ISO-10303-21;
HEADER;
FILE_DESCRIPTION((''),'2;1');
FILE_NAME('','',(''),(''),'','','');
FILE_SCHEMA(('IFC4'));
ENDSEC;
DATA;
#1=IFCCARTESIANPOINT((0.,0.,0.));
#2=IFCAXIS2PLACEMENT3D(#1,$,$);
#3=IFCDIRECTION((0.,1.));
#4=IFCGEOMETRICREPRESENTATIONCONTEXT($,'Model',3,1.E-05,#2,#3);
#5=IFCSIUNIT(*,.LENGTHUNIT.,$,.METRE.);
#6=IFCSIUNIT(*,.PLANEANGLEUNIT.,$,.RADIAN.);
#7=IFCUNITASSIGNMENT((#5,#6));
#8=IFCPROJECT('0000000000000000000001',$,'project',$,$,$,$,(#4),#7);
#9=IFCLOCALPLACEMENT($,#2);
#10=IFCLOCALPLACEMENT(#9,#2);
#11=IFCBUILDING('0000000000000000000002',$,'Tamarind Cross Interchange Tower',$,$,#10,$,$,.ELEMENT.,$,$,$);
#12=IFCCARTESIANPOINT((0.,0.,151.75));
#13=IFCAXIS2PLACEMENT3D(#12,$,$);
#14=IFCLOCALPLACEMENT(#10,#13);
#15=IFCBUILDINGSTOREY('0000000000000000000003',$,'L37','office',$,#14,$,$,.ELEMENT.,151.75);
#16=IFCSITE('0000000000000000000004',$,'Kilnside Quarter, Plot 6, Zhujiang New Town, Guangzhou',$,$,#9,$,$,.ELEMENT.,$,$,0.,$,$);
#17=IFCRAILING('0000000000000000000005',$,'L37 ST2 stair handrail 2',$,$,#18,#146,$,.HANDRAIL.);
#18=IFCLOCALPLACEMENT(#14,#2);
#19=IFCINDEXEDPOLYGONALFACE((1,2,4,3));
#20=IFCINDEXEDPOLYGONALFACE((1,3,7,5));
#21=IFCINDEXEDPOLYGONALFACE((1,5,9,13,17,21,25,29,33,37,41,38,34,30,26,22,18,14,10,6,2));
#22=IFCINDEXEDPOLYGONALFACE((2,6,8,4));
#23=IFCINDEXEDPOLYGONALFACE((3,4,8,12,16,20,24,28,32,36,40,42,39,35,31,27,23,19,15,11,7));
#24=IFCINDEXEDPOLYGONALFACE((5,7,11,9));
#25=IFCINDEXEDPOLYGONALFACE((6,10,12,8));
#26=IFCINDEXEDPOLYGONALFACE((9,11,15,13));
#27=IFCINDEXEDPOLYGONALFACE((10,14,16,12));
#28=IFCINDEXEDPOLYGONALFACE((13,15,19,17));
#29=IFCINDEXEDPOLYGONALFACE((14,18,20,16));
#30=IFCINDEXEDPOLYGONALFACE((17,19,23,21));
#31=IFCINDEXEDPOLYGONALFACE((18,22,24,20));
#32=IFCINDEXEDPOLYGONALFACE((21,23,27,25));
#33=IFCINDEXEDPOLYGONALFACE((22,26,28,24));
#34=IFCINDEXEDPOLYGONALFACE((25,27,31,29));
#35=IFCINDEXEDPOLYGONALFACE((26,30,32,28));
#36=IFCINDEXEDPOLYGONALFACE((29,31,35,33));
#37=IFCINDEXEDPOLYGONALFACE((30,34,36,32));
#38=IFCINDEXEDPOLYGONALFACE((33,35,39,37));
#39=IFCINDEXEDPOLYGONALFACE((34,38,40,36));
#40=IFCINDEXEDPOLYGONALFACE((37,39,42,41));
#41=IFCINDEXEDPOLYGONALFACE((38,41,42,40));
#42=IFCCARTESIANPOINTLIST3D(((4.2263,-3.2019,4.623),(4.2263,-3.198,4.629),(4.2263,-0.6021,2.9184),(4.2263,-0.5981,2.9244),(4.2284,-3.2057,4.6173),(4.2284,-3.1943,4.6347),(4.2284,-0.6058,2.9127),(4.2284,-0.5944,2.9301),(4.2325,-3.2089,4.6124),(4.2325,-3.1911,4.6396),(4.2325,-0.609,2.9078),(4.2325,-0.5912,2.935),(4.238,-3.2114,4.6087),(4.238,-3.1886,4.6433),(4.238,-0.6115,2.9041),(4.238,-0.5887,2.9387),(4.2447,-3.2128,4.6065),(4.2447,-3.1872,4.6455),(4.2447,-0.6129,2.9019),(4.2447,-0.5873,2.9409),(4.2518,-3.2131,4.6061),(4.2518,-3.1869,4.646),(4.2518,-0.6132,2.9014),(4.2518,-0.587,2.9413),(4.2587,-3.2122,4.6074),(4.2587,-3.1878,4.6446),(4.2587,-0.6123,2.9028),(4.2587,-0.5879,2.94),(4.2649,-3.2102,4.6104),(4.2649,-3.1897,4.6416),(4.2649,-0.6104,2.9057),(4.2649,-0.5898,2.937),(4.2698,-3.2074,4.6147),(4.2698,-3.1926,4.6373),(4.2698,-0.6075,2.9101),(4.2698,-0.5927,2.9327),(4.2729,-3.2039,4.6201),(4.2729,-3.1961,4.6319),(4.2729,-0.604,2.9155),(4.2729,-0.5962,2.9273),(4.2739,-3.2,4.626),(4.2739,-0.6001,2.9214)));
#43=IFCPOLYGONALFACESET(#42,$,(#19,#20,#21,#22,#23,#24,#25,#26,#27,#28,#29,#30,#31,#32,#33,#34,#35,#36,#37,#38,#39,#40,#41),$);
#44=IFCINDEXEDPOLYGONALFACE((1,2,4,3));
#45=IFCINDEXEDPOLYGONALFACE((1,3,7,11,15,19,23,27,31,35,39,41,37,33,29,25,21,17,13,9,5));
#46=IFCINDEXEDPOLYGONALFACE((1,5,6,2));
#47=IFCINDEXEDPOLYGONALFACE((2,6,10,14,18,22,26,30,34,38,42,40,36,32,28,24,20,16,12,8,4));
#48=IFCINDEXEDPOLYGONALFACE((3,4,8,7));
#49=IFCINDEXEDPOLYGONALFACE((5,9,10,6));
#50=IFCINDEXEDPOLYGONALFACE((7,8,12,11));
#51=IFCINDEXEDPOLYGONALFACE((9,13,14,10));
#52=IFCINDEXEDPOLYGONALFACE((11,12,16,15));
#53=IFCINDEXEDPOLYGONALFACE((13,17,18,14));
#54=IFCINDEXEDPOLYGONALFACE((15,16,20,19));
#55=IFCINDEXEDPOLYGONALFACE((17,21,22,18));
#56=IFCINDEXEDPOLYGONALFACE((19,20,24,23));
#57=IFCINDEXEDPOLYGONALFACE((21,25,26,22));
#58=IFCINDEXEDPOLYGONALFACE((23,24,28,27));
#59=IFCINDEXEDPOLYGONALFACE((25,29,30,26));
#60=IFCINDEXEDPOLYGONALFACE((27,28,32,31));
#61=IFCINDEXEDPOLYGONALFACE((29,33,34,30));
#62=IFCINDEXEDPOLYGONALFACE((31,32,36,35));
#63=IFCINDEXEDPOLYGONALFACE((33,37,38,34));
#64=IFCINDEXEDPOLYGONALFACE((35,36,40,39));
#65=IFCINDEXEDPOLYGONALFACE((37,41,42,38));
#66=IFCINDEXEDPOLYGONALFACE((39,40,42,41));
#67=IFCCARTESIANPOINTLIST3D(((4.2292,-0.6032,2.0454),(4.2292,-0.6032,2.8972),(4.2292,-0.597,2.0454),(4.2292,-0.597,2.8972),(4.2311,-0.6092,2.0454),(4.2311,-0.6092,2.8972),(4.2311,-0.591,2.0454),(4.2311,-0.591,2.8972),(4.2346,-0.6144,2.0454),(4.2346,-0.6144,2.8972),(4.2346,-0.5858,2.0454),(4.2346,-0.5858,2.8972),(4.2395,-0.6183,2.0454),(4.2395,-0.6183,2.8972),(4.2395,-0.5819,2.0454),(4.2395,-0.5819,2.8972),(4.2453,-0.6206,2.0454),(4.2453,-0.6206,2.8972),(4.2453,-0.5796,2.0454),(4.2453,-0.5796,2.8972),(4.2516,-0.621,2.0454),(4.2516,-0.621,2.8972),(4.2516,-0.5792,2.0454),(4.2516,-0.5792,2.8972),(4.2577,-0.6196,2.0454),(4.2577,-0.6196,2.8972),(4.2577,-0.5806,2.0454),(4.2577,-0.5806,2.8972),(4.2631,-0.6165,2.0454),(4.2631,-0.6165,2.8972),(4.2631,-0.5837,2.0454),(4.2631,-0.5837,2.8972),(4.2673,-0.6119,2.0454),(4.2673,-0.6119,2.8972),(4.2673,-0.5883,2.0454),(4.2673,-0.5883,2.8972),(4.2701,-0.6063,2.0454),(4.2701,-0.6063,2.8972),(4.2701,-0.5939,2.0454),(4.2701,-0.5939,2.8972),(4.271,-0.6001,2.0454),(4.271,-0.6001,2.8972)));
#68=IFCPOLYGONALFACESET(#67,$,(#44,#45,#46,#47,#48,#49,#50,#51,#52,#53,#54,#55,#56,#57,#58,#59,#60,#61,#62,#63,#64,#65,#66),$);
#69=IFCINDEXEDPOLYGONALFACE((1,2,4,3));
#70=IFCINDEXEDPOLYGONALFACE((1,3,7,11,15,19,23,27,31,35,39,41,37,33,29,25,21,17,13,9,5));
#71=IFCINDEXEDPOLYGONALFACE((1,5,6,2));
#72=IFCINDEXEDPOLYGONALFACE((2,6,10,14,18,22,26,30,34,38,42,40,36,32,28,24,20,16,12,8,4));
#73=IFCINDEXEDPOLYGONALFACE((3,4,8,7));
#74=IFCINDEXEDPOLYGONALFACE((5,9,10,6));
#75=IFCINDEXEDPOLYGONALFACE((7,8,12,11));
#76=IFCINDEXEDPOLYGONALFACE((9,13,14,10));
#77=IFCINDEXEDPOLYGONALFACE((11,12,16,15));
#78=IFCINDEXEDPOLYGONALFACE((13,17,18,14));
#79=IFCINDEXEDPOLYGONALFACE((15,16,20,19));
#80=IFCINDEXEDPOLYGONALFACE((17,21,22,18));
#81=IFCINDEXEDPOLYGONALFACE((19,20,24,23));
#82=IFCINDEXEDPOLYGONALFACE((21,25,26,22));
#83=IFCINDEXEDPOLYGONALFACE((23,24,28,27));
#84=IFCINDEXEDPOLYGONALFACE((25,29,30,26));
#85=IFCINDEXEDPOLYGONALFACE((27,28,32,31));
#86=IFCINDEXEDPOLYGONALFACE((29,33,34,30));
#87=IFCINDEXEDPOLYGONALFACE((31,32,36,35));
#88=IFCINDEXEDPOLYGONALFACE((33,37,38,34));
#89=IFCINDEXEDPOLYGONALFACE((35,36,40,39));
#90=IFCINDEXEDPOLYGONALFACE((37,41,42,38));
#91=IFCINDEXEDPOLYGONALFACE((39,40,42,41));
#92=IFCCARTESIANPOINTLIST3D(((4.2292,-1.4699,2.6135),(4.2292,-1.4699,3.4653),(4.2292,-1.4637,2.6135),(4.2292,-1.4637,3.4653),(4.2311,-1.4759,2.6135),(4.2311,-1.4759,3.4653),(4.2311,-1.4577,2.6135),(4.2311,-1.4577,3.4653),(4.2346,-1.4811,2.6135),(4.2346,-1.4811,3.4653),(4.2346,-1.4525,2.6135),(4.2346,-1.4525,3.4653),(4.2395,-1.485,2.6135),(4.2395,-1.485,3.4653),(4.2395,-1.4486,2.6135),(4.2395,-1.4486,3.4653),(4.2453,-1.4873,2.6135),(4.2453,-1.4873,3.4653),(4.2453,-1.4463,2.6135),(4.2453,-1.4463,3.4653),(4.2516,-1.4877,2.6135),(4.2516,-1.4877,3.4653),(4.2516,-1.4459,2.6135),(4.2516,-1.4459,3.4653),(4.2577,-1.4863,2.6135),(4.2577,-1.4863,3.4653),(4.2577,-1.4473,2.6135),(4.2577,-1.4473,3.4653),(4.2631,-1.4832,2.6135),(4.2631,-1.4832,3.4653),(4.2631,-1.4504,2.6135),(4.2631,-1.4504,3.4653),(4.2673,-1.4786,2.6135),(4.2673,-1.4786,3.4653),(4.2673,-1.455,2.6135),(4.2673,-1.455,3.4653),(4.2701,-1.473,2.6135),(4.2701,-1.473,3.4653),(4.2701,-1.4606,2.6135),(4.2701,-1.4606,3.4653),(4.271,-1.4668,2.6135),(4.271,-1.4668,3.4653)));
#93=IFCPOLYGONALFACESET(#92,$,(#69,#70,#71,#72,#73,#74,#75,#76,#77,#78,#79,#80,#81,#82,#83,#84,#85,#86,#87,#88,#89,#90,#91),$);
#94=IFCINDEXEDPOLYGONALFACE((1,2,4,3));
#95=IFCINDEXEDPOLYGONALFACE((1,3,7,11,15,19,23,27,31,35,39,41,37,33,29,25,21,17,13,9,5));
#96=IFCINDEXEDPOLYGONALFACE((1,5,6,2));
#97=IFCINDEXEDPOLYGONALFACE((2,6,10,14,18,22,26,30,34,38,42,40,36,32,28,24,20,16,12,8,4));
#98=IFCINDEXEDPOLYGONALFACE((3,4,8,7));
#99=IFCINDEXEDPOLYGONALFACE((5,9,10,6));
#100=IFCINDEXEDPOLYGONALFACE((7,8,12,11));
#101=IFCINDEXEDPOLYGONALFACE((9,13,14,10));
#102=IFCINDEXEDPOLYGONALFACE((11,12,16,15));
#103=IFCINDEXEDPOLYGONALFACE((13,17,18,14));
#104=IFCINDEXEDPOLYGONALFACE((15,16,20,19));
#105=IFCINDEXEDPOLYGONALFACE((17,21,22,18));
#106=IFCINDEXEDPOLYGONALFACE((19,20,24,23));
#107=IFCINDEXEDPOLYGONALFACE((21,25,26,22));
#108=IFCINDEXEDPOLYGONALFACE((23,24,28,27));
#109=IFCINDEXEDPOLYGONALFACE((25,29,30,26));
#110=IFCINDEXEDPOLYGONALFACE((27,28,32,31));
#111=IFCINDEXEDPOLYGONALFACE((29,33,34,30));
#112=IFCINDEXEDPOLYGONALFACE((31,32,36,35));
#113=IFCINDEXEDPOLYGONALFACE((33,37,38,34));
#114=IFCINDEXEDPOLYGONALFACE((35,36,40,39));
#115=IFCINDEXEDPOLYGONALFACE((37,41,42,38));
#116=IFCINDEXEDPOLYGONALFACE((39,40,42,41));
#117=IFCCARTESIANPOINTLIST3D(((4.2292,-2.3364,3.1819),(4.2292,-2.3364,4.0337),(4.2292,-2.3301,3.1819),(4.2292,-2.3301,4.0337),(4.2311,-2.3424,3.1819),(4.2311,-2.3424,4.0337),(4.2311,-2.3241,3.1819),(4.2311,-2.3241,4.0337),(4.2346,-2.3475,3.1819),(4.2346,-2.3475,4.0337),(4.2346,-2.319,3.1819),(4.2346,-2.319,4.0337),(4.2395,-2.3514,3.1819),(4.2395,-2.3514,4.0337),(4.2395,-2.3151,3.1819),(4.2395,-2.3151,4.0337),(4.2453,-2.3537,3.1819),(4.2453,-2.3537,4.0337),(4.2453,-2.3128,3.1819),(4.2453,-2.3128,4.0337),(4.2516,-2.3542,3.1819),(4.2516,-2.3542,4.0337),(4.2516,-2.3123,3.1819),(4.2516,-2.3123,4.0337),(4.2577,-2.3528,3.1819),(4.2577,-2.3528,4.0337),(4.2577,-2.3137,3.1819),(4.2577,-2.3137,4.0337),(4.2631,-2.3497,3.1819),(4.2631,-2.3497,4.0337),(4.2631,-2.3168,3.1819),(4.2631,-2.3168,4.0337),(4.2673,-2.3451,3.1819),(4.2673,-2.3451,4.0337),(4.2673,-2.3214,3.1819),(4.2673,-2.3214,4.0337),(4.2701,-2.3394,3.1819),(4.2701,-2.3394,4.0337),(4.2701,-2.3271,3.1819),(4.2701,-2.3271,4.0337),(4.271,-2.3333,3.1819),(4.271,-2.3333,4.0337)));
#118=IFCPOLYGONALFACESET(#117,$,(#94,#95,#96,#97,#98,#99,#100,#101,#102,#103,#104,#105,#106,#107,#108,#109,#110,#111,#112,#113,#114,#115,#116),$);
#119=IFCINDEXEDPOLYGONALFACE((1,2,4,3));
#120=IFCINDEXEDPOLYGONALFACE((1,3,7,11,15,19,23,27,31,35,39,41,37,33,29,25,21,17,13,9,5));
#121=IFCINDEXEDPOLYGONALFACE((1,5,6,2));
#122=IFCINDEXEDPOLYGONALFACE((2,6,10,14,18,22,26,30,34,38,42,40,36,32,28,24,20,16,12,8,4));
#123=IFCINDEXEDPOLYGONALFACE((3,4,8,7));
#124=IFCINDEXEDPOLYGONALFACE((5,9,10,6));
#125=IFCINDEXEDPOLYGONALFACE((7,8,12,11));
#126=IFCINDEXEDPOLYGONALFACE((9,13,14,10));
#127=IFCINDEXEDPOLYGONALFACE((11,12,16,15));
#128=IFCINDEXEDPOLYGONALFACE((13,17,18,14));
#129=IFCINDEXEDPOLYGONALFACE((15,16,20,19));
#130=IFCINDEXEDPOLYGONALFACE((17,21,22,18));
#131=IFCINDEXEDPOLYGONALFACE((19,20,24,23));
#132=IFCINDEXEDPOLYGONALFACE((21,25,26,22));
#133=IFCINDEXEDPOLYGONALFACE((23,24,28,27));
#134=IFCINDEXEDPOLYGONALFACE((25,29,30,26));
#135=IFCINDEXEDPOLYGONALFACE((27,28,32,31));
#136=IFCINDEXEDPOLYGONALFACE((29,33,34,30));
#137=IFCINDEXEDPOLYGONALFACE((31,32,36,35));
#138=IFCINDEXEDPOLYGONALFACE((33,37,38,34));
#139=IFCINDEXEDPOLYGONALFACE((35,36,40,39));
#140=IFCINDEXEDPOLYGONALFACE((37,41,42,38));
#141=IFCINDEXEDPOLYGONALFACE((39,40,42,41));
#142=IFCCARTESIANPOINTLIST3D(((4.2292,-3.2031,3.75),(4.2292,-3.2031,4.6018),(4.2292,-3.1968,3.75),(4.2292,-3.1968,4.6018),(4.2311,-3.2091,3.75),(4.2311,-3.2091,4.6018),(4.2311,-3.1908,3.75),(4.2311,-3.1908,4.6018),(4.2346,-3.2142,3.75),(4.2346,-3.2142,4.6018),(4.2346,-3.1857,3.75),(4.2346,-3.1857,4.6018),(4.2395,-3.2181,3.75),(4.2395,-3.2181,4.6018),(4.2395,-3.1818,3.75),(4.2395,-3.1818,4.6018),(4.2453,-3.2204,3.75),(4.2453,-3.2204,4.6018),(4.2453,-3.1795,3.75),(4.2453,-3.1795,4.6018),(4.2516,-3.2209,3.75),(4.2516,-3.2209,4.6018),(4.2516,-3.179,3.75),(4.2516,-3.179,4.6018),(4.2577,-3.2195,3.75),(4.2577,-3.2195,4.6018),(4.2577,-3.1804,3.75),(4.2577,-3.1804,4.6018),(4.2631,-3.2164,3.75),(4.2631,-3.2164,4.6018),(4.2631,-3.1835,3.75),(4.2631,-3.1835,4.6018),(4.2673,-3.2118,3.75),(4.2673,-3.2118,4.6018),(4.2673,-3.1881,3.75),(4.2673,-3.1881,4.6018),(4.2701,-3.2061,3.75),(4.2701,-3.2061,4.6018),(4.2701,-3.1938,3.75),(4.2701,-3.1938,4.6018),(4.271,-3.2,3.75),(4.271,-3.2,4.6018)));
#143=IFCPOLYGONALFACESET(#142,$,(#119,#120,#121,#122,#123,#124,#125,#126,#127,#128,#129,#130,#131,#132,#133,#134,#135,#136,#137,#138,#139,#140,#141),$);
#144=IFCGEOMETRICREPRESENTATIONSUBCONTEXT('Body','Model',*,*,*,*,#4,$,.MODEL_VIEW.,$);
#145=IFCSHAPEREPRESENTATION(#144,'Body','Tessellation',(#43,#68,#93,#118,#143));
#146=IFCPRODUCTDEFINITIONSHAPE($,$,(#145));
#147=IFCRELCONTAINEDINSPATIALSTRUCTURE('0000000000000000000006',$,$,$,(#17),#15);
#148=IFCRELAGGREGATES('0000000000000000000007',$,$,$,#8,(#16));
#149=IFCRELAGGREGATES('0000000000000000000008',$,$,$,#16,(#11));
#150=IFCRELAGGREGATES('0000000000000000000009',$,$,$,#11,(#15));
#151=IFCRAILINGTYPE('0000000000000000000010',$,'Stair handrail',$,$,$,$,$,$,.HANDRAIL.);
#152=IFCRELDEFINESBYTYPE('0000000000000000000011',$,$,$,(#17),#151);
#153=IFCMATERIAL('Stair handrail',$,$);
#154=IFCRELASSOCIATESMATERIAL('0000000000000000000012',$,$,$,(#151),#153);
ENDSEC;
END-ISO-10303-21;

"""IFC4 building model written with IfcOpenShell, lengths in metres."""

from ifc_helpers import new_model, si_unit, direction, frame, origin, origin_2d, place, context, subcontext, project, spatial, circle, extrude, material, type_object, element, save


model = new_model("IFC4")

# Units and contexts
model_context = context("Model", 3, precision=1e-05, world=origin(), true_north=direction((0.0, 1.0)))
body_context = subcontext(model_context, "Body", "Model", "MODEL_VIEW")
ifc_project = project(units=[si_unit("LENGTHUNIT", "METRE"), si_unit("PLANEANGLEUNIT", "RADIAN")], contexts=[model_context])

# Site, building, storey
site_placement = place(None, origin())
site = spatial("IfcSite", under=ifc_project, at=site_placement, Name="Kilnside Quarter, Plot 6, Zhujiang New Town, Guangzhou", CompositionType="ELEMENT", RefElevation=0.0)
building_placement = place(site_placement, origin())
building = spatial("IfcBuilding", under=site, at=building_placement, Name="Tamarind Cross Interchange Tower", CompositionType="ELEMENT")
storey_placement = place(building_placement, frame((0.0, 0.0, 151.75)))
storey = spatial("IfcBuildingStorey", under=building, at=storey_placement, Name="L37", Description="office", CompositionType="ELEMENT", Elevation=151.75)

# Railing
ifc_material_1 = material(Name="Stair handrail")
railing_type_1 = type_object("IfcRailingType", Name="Stair handrail", PredefinedType="HANDRAIL", material=ifc_material_1)
railing_1_placement = place(storey_placement, frame((4.25, -0.6001, 2.0454)))
element("IfcRailing", 1, at=railing_1_placement, inside=storey, type_object=railing_type_1, Name="L37 ST2 stair handrail 2", PredefinedType="HANDRAIL", context=body_context, shape_type="SweptSolid", body=[
    extrude(circle(Radius=0.0239, at=origin_2d()), frame((0.0, 0.0, 0.876), z_axis=(0.0, -0.836279, 0.548305), x_axis=(1.0, 0.0, 0.0)), (0.0, 0.0, 1.0), 3.1089),
    extrude(circle(Radius=0.021, at=origin_2d()), origin(), (0.0, 0.0, 1.0), 0.8518),
    extrude(circle(Radius=0.021, at=origin_2d()), frame((0.0, -0.8667, 0.5681)), (0.0, 0.0, 1.0), 0.8518),
    extrude(circle(Radius=0.021, at=origin_2d()), frame((0.0, -1.7332, 1.1365)), (0.0, 0.0, 1.0), 0.8518),
    extrude(circle(Radius=0.021, at=origin_2d()), frame((0.0, -2.5999, 1.7046)), (0.0, 0.0, 1.0), 0.8518),
])

save(model, "model.ifc")
